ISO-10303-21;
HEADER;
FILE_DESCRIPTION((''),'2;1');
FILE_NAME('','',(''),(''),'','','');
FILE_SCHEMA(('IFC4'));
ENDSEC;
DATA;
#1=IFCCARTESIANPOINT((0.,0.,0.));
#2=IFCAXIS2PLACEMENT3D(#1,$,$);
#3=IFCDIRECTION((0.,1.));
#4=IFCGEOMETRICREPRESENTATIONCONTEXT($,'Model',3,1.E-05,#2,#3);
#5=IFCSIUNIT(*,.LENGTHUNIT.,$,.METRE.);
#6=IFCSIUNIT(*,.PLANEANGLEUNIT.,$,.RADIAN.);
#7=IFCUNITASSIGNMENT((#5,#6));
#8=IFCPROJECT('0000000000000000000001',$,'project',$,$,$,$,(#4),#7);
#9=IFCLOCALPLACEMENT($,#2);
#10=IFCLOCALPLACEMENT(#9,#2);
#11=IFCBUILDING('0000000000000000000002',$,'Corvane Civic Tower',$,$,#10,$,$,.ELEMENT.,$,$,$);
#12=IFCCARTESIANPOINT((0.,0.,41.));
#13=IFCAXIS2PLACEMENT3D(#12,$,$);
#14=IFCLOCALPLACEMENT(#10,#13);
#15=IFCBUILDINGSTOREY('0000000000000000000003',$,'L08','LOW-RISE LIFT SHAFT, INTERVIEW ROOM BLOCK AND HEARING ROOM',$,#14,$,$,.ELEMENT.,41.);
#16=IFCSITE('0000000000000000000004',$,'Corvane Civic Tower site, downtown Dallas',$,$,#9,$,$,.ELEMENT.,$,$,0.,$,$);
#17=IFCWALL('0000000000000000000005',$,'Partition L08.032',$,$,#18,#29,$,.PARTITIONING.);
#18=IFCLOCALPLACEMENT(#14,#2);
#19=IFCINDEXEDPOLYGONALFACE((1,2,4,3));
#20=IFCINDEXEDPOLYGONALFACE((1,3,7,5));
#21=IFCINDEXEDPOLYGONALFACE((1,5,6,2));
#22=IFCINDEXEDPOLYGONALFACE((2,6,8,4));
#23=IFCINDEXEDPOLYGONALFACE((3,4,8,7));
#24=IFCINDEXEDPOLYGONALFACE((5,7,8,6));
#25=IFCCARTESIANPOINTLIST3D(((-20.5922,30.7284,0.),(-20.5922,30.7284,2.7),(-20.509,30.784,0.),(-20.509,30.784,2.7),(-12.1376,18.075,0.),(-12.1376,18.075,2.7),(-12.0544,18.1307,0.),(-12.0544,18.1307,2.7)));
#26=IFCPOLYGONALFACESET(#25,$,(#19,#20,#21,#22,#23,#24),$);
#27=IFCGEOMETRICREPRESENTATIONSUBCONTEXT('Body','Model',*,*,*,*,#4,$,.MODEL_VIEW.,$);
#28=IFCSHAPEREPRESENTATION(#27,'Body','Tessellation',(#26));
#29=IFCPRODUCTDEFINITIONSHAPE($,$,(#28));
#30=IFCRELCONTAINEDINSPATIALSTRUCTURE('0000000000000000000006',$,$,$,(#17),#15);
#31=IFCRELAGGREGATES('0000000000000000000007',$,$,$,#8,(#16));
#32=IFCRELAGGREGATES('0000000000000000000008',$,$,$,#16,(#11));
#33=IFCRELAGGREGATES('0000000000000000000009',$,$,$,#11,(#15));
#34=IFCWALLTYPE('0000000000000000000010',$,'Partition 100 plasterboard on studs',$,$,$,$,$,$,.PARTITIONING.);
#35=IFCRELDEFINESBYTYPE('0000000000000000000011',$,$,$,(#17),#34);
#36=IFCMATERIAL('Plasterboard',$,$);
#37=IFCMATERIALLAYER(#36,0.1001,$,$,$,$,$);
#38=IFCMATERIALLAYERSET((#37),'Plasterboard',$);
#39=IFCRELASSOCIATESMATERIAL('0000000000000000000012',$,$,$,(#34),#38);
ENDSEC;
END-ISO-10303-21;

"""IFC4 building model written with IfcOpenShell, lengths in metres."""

from ifc_helpers import new_model, si_unit, direction, frame, frame_2d, origin, place, context, subcontext, project, spatial, rectangle, extrude, material, layer, layer_set, type_object, element, save


model = new_model("IFC4")

# Units and contexts
model_context = context("Model", 3, precision=1e-05, world=origin(), true_north=direction((0.0, 1.0)))
body_context = subcontext(model_context, "Body", "Model", "MODEL_VIEW")
ifc_project = project(units=[si_unit("LENGTHUNIT", "METRE"), si_unit("PLANEANGLEUNIT", "RADIAN")], contexts=[model_context])

# Site, building, storey
site_placement = place(None, origin())
site = spatial("IfcSite", under=ifc_project, at=site_placement, Name="Corvane Civic Tower site, downtown Dallas", CompositionType="ELEMENT", RefElevation=0.0)
building_placement = place(site_placement, origin())
building = spatial("IfcBuilding", under=site, at=building_placement, Name="Corvane Civic Tower", CompositionType="ELEMENT")
storey_placement = place(building_placement, frame((0.0, 0.0, 41.0)))
storey = spatial("IfcBuildingStorey", under=building, at=storey_placement, Name="L08", Description="LOW-RISE LIFT SHAFT, INTERVIEW ROOM BLOCK AND HEARING ROOM", CompositionType="ELEMENT", Elevation=41.0)

# Wall
ifc_material_1 = material(Name="Plasterboard")
ifc_layer_1 = layer(ifc_material_1, 0.1001)
ifc_layer_set_1 = layer_set([ifc_layer_1], Name="Plasterboard")
wall_type = type_object("IfcWallType", Name="Partition 100 plasterboard on studs", PredefinedType="PARTITIONING", material=ifc_layer_set_1)
wall_1_placement = place(storey_placement, frame((-20.5505, 30.7561, 0.0), z_axis=(0.0, 0.0, 1.0), x_axis=(0.555566, -0.831472, 0.0)))
element("IfcWall", 1, at=wall_1_placement, inside=storey, type_object=wall_type, Name="Partition L08.032", PredefinedType="PARTITIONING", context=body_context, shape_type="SweptSolid", body=[
    extrude(rectangle(XDim=15.218, YDim=0.1001, at=frame_2d((7.6089, 0.0))), origin(), (0.0, 0.0, 1.0), 2.7),
])

save(model, "model.ifc")
